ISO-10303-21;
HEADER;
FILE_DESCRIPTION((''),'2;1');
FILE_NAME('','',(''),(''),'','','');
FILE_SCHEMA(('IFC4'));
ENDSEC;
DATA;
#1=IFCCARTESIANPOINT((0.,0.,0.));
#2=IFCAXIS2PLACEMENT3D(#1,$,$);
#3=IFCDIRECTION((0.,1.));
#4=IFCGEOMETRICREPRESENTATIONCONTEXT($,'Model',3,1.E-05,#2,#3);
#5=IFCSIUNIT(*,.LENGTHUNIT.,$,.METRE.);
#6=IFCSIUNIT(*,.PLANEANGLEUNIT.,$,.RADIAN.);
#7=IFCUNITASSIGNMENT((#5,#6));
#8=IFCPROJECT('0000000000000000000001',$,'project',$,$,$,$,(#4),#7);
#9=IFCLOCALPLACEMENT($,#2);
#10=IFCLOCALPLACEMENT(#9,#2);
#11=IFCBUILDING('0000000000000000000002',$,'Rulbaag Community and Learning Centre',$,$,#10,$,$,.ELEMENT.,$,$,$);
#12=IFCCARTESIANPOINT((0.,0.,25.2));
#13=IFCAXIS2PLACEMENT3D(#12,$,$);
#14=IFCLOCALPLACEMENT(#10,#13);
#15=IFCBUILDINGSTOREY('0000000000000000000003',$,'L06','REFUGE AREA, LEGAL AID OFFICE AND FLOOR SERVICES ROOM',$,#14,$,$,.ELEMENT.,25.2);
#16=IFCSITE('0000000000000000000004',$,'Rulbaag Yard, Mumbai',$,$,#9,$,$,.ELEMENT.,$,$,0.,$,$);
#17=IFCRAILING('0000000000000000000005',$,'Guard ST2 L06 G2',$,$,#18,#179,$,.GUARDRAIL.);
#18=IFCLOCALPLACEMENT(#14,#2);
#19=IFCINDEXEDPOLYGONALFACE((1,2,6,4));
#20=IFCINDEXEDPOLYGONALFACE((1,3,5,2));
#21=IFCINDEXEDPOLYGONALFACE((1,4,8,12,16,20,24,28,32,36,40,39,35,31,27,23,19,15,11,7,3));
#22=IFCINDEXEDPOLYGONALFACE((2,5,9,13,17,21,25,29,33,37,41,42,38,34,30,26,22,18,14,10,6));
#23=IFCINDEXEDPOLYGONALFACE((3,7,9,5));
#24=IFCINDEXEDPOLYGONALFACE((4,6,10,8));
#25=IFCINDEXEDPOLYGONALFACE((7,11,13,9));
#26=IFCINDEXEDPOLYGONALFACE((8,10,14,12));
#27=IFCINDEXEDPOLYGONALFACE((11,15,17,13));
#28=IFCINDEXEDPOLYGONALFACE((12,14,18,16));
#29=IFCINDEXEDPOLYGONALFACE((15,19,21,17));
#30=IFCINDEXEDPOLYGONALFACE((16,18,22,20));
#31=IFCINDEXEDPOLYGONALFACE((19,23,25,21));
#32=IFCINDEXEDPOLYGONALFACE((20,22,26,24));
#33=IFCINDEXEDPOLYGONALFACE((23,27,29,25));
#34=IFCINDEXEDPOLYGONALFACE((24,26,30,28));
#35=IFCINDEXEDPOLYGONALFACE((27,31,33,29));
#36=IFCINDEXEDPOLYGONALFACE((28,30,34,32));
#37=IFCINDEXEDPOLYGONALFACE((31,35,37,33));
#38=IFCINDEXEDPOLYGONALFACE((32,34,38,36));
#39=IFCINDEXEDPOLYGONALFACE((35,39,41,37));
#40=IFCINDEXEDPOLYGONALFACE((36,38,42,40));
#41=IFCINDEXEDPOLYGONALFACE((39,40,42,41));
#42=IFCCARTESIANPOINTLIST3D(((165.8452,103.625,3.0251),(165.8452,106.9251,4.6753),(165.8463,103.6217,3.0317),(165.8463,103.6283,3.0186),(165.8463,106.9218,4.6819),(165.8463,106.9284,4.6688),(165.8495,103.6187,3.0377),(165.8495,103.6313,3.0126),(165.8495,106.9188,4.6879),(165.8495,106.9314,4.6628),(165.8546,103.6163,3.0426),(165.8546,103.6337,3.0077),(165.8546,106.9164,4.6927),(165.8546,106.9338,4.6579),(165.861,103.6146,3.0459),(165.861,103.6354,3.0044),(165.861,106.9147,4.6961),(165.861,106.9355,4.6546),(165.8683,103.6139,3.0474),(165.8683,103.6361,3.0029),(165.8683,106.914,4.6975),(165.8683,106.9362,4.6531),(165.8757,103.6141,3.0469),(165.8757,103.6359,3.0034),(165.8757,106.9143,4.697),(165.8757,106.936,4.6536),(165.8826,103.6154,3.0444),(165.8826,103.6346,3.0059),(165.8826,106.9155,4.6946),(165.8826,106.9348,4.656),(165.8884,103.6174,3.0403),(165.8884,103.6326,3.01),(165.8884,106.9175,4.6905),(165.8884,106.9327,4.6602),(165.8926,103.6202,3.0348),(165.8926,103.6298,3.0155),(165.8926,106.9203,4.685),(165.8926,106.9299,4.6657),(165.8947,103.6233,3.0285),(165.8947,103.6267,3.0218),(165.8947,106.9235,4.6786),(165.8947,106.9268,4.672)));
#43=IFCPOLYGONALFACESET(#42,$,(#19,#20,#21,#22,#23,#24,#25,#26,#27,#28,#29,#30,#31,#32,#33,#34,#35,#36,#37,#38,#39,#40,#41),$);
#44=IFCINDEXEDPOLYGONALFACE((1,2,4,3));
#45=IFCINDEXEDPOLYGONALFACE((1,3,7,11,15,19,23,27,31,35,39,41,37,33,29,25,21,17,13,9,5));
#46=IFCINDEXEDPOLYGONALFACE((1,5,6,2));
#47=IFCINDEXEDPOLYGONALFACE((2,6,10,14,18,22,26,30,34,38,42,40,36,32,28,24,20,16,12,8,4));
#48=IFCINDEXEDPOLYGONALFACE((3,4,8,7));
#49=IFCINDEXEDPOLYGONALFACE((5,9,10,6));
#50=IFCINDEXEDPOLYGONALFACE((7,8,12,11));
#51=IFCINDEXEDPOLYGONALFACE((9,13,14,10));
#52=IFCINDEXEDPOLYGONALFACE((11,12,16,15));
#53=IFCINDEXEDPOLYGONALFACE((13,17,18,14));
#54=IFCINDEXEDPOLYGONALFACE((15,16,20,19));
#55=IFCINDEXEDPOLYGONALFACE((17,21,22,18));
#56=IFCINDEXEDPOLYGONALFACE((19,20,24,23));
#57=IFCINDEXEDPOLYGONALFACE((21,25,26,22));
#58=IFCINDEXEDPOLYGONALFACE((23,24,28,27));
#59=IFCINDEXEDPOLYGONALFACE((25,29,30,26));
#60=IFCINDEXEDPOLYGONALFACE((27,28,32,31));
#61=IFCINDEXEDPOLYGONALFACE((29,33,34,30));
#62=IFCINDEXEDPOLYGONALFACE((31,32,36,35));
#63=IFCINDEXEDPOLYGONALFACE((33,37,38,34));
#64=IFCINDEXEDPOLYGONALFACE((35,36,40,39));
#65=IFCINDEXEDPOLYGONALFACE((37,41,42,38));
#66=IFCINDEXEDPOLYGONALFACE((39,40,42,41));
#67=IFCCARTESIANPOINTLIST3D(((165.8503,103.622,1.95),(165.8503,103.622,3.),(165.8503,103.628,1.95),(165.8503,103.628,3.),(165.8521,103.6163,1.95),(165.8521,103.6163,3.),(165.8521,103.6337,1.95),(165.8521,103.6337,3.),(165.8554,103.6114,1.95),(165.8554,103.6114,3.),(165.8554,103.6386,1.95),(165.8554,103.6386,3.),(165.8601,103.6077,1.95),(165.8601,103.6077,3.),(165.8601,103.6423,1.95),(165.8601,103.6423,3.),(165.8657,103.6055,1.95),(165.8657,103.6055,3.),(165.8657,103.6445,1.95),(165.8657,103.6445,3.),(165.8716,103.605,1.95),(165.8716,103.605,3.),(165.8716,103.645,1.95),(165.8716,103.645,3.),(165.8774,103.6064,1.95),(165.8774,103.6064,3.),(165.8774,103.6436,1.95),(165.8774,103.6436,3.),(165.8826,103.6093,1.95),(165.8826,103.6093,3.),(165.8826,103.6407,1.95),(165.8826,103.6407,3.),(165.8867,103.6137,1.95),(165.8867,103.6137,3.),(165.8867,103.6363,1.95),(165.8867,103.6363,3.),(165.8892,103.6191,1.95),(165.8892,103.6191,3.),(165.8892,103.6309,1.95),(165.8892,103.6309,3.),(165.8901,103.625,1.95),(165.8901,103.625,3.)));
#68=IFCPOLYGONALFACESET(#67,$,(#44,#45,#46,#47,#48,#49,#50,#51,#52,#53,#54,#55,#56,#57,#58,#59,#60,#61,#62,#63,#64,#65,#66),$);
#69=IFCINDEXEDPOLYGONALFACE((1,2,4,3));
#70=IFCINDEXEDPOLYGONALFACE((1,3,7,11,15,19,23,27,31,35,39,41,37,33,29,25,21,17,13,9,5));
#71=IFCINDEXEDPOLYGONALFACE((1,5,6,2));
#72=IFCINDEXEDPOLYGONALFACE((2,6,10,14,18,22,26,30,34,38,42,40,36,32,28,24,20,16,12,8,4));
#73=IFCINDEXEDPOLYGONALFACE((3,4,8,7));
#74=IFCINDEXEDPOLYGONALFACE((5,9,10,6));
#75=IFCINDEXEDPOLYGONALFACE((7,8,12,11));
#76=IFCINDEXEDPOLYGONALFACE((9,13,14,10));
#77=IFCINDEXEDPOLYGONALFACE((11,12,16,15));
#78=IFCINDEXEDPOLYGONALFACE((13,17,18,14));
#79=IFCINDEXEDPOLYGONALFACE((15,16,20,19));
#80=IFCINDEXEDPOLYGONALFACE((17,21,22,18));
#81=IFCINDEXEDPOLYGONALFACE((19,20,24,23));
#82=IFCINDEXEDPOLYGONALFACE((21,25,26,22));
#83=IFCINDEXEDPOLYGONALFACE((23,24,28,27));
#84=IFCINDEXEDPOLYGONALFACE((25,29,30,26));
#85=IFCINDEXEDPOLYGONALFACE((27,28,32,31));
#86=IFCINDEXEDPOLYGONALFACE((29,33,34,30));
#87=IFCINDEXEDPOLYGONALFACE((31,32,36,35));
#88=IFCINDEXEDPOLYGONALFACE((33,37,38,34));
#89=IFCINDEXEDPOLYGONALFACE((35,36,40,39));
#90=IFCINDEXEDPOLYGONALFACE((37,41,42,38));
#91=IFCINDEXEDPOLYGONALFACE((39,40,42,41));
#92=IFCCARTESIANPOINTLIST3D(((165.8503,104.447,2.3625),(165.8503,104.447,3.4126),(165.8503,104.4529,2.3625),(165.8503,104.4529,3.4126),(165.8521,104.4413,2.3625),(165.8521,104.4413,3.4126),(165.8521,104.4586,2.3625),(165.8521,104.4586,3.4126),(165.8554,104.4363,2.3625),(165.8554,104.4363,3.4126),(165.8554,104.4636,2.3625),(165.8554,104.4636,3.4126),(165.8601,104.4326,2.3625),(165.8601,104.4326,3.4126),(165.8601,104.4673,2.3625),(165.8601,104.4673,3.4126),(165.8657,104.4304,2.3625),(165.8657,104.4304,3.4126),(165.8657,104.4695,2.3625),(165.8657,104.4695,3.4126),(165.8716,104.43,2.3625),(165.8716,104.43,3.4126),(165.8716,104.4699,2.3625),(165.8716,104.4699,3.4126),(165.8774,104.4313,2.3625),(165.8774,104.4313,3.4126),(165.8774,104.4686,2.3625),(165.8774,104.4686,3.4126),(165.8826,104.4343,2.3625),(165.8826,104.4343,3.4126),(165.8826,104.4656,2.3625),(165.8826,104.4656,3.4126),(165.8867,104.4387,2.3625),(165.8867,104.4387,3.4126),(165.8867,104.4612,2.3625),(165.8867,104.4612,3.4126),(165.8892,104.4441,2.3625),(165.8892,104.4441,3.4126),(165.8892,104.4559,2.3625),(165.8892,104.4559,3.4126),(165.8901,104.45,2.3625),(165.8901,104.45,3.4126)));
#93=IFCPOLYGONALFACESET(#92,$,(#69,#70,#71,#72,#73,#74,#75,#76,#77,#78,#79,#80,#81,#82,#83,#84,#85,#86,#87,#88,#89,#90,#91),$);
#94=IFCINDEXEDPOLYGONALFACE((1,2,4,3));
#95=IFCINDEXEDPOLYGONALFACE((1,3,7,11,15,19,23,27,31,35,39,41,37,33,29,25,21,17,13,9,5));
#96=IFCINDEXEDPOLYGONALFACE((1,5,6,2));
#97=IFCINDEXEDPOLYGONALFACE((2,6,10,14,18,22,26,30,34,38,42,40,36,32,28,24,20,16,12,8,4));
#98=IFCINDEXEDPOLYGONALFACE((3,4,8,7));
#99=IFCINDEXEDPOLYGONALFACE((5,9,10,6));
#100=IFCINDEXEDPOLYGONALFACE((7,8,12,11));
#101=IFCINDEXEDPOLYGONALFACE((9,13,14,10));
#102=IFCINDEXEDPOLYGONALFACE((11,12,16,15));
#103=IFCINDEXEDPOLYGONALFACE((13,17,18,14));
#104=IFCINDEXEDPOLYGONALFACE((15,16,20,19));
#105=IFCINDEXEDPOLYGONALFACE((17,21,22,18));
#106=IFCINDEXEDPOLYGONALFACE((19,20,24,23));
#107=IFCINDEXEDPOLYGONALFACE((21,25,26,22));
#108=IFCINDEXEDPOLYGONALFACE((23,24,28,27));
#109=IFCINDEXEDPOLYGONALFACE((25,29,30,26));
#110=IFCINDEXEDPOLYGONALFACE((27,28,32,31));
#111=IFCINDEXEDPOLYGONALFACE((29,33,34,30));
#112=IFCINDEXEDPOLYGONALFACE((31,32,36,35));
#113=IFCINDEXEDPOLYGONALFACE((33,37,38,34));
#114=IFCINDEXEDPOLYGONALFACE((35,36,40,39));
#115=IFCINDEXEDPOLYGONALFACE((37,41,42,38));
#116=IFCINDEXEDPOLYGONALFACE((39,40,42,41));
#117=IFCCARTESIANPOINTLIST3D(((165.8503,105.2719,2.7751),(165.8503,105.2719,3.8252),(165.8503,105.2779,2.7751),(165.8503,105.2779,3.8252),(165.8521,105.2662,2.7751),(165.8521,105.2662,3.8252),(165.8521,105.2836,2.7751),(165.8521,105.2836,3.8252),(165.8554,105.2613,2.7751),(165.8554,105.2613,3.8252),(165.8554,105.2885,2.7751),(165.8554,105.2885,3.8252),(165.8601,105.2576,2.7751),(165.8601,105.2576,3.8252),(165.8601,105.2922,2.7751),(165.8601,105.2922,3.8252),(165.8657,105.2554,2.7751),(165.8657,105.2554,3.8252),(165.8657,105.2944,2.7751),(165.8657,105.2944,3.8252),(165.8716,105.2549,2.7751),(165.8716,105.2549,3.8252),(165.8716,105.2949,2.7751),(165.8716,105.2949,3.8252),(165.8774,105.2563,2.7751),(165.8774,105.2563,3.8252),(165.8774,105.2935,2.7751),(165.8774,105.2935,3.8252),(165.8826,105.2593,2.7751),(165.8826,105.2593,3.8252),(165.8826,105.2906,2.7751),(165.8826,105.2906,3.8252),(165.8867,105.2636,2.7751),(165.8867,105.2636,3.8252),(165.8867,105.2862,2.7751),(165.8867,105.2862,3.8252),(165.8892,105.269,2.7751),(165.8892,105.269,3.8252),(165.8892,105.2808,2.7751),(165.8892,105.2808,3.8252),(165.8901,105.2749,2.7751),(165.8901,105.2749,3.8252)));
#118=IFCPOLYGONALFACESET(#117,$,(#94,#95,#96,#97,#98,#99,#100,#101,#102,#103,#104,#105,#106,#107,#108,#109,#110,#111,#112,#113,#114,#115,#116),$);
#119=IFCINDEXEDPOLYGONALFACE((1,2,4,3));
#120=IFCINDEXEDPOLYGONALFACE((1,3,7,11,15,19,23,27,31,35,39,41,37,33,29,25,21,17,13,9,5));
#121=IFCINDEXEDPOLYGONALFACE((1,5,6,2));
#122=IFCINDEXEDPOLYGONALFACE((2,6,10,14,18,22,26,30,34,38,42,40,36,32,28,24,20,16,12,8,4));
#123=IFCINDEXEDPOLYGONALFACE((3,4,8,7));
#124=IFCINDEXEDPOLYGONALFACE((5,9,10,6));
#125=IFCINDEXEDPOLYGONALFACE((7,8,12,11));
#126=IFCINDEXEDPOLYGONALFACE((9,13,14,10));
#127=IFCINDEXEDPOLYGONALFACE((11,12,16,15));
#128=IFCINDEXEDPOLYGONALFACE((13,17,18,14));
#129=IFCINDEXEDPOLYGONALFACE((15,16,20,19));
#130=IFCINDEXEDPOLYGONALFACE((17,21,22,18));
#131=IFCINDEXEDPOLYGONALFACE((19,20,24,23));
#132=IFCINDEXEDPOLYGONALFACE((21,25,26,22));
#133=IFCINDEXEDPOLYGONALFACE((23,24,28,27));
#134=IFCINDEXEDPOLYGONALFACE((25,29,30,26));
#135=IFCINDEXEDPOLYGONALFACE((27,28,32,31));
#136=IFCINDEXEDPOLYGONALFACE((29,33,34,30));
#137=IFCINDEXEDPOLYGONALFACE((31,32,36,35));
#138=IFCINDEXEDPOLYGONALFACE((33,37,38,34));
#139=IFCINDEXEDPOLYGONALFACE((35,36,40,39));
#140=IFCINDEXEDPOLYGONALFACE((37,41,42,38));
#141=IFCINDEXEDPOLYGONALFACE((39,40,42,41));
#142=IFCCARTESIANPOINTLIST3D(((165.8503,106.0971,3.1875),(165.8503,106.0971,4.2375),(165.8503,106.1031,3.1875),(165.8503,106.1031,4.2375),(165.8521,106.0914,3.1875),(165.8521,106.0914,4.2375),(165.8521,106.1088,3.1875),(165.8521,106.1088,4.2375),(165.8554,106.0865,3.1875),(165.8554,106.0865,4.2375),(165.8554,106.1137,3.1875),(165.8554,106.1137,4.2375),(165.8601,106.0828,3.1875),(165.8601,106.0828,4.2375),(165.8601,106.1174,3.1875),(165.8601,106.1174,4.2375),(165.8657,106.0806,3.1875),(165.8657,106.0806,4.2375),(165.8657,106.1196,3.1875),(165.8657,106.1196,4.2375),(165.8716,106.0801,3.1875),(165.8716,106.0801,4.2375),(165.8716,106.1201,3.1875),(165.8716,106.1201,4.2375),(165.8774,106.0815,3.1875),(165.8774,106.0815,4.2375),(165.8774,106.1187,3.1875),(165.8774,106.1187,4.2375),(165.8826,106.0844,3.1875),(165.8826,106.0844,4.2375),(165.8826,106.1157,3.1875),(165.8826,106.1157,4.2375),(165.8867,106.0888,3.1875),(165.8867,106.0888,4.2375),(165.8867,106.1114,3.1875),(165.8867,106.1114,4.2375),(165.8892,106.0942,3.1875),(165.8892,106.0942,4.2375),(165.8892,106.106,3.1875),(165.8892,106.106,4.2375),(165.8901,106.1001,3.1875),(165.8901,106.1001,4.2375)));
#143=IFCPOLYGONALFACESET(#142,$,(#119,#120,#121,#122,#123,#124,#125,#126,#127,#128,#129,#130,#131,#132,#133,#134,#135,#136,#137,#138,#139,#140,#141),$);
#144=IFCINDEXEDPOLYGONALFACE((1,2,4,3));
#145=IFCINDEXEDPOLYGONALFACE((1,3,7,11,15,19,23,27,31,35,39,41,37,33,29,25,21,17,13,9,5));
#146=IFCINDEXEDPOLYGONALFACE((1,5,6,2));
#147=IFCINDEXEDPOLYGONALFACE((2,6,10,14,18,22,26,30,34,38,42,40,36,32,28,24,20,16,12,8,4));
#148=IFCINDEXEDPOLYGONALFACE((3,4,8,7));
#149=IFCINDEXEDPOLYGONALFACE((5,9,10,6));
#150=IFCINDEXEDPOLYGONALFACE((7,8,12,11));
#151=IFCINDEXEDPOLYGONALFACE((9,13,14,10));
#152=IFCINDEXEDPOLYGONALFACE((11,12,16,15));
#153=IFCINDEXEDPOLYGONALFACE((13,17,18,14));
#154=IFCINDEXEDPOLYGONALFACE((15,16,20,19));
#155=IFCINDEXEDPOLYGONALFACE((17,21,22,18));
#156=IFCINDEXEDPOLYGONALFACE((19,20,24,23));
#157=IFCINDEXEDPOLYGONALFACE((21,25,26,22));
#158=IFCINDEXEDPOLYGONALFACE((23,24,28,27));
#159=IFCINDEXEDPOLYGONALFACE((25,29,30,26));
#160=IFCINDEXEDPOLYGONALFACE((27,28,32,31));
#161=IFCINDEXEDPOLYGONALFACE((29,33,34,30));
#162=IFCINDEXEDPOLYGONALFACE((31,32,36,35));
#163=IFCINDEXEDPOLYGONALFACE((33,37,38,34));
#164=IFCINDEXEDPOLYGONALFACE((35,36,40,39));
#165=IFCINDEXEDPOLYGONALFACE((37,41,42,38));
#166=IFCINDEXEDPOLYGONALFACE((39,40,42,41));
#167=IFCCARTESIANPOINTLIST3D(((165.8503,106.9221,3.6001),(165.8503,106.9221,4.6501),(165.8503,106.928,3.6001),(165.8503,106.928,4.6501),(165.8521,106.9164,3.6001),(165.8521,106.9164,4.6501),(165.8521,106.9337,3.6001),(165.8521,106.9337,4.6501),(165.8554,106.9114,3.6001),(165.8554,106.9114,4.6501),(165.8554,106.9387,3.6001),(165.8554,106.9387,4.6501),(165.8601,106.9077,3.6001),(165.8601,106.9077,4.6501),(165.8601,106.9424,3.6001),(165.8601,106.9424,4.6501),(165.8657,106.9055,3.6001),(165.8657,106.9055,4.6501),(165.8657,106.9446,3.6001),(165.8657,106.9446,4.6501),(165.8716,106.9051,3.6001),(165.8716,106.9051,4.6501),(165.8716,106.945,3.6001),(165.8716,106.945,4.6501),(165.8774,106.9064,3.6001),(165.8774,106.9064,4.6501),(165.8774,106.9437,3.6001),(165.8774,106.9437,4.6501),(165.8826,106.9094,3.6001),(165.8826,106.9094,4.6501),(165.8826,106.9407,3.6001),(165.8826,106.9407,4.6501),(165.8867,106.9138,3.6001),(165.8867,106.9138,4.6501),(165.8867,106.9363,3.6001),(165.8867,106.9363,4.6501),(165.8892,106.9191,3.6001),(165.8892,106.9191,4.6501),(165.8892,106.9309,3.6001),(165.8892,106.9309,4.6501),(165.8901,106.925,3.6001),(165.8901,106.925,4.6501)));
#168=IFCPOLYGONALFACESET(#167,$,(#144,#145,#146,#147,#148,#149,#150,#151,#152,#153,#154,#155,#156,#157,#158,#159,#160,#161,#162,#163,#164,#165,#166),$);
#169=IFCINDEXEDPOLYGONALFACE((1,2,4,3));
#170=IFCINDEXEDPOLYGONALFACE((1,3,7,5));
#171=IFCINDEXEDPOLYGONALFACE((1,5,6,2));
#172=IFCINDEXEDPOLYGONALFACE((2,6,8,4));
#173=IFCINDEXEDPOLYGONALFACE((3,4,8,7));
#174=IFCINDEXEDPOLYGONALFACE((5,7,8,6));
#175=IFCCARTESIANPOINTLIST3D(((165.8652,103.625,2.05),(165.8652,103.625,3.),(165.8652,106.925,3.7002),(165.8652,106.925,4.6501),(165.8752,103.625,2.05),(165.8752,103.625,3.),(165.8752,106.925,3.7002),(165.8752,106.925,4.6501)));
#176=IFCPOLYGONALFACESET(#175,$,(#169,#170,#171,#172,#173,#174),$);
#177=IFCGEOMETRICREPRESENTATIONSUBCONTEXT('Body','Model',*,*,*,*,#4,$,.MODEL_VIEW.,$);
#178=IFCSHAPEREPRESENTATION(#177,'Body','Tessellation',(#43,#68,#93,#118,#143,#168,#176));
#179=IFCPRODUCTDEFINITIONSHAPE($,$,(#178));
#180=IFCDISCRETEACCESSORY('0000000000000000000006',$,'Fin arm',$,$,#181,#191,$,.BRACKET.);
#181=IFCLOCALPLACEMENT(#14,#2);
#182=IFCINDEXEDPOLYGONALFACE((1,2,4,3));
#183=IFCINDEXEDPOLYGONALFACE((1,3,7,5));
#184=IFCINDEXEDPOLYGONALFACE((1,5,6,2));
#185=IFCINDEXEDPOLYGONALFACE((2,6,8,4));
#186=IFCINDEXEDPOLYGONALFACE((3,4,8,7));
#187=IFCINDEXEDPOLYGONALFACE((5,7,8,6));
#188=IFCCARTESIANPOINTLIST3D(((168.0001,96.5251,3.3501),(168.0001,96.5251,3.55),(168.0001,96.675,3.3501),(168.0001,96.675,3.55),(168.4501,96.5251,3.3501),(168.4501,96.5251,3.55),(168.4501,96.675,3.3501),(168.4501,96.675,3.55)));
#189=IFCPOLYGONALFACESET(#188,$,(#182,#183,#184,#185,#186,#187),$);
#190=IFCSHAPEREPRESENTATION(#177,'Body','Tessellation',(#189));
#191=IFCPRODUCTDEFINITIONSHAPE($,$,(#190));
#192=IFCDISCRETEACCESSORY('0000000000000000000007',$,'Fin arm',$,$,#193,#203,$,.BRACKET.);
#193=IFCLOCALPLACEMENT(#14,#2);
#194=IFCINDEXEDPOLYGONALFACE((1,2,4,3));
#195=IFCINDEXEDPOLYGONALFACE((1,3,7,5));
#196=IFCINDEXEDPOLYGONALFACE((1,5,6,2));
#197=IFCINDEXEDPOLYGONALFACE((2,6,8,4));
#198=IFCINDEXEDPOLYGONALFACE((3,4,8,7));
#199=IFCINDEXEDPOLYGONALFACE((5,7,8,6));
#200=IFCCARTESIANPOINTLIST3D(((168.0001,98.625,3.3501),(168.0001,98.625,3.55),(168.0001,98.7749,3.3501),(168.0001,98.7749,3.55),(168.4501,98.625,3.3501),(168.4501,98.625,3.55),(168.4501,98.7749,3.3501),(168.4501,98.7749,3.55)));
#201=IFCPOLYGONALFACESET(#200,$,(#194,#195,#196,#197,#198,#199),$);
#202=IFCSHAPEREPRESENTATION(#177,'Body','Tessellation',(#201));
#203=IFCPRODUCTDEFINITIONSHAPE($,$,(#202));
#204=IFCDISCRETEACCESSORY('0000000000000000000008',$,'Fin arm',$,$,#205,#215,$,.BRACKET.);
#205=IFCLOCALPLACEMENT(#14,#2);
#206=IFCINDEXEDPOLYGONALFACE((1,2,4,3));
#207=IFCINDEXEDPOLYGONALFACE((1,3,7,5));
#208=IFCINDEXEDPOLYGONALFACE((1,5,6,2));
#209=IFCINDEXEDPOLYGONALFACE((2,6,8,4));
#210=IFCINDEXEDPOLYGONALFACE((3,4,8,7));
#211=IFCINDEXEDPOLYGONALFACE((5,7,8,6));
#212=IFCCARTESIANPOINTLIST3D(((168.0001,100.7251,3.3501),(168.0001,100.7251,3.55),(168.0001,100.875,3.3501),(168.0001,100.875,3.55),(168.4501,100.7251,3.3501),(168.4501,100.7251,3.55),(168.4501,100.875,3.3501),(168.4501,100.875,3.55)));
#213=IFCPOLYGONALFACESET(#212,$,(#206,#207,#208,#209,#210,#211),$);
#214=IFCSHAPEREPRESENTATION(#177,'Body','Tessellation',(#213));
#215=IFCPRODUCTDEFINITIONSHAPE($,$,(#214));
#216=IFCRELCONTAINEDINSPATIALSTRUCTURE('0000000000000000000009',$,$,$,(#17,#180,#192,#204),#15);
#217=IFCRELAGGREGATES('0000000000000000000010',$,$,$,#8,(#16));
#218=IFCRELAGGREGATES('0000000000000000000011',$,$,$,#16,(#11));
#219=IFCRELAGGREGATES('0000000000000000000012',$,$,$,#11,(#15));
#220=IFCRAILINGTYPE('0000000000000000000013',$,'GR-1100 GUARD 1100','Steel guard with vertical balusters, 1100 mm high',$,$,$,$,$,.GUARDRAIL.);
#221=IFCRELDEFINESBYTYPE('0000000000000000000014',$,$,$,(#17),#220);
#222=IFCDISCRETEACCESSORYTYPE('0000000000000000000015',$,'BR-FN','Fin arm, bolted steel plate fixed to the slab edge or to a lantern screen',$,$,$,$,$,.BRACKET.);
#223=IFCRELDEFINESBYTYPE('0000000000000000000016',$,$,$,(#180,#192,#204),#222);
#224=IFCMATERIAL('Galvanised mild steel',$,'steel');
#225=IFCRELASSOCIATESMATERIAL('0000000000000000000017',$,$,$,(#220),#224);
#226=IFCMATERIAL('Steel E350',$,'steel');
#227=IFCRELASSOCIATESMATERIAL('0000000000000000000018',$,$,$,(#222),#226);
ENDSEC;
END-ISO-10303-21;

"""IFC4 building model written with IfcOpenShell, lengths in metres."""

from ifc_helpers import new_model, si_unit, direction, frame, origin, origin_2d, place, context, subcontext, project, spatial, polyline, rectangle, circle, outline, extrude, material, type_object, element, save


model = new_model("IFC4")

# Units and contexts
model_context = context("Model", 3, precision=1e-05, world=origin(), true_north=direction((0.0, 1.0)))
body_context = subcontext(model_context, "Body", "Model", "MODEL_VIEW")
ifc_project = project(units=[si_unit("LENGTHUNIT", "METRE"), si_unit("PLANEANGLEUNIT", "RADIAN")], contexts=[model_context])

# Site, building, storey
site_placement = place(None, origin())
site = spatial("IfcSite", under=ifc_project, at=site_placement, Name="Rulbaag Yard, Mumbai", CompositionType="ELEMENT", RefElevation=0.0)
building_placement = place(site_placement, origin())
building = spatial("IfcBuilding", under=site, at=building_placement, Name="Rulbaag Community and Learning Centre", CompositionType="ELEMENT")
storey_placement = place(building_placement, frame((0.0, 0.0, 25.2)))
storey = spatial("IfcBuildingStorey", under=building, at=storey_placement, Name="L06", Description="REFUGE AREA, LEGAL AID OFFICE AND FLOOR SERVICES ROOM", CompositionType="ELEMENT", Elevation=25.2)

# Railing
ifc_material_1 = material(Name="Galvanised mild steel", Category="steel")
railing_type = type_object("IfcRailingType", Name="GR-1100 GUARD 1100", Description="Steel guard with vertical balusters, 1100 mm high", PredefinedType="GUARDRAIL", material=ifc_material_1)
railing_1_placement = place(storey_placement, frame((165.8701, 103.625, 1.95)))
element("IfcRailing", 1, at=railing_1_placement, inside=storey, type_object=railing_type, Name="Guard ST2 L06 G2", PredefinedType="GUARDRAIL", context=body_context, shape_type="SweptSolid", body=[
    extrude(circle(Radius=0.0249, at=origin_2d()), frame((0.0, 0.0, 1.0752), z_axis=(0.0, 0.894414, 0.44724), x_axis=(-1.0, 0.0, 0.0)), (0.0, 0.0, 1.0), 3.6897),
    extrude(circle(Radius=0.02, at=origin_2d()), origin(), (0.0, 0.0, 1.0), 1.05),
    extrude(circle(Radius=0.02, at=origin_2d()), frame((0.0, 0.825, 0.4126)), (0.0, 0.0, 1.0), 1.05),
    extrude(circle(Radius=0.02, at=origin_2d()), frame((0.0, 1.6499, 0.8252)), (0.0, 0.0, 1.0), 1.05),
    extrude(circle(Radius=0.02, at=origin_2d()), frame((0.0, 2.4751, 1.2375)), (0.0, 0.0, 1.0), 1.05),
    extrude(circle(Radius=0.02, at=origin_2d()), frame((0.0, 3.3, 1.6501)), (0.0, 0.0, 1.0), 1.05),
    extrude(outline(polyline([(0.0, 0.0), (3.3, 1.6501), (3.3, 2.6001), (0.0, 0.95), (0.0, 0.0)])), frame((-0.0049, 0.0, 0.1001), z_axis=(1.0, 0.0, 0.0), x_axis=(0.0, 1.0, 0.0)), (0.0, 0.0, 1.0), 0.01),
])

# Discrete accessories
ifc_material_2 = material(Name="Steel E350", Category="steel")
discrete_accessory_type = type_object("IfcDiscreteAccessoryType", Name="BR-FN", Description="Fin arm, bolted steel plate fixed to the slab edge or to a lantern screen", PredefinedType="BRACKET", material=ifc_material_2)
for number, where, z_axis, x_axis, name in (
    (2, (168.2251, 96.6001, 3.3501), (0.0, 0.0, 1.0), (1.0, 0.0, 0.0), "Fin arm"),
    (3, (168.2251, 98.7, 3.3501), (0.0, 0.0, 1.0), (1.0, 0.0, 0.0), "Fin arm"),
    (4, (168.2251, 100.8, 3.3501), (0.0, 0.0, 1.0), (1.0, 0.0, 0.0), "Fin arm"),
):
    element("IfcDiscreteAccessory", number, at=place(storey_placement, frame(where, z_axis=z_axis, x_axis=x_axis)), inside=storey, type_object=discrete_accessory_type, Name=name, PredefinedType="BRACKET", context=body_context, shape_type="SweptSolid", body=[
        extrude(rectangle(XDim=0.45, YDim=0.1499, at=origin_2d()), origin(), (0.0, 0.0, 1.0), 0.2),
    ])

save(model, "model.ifc")
